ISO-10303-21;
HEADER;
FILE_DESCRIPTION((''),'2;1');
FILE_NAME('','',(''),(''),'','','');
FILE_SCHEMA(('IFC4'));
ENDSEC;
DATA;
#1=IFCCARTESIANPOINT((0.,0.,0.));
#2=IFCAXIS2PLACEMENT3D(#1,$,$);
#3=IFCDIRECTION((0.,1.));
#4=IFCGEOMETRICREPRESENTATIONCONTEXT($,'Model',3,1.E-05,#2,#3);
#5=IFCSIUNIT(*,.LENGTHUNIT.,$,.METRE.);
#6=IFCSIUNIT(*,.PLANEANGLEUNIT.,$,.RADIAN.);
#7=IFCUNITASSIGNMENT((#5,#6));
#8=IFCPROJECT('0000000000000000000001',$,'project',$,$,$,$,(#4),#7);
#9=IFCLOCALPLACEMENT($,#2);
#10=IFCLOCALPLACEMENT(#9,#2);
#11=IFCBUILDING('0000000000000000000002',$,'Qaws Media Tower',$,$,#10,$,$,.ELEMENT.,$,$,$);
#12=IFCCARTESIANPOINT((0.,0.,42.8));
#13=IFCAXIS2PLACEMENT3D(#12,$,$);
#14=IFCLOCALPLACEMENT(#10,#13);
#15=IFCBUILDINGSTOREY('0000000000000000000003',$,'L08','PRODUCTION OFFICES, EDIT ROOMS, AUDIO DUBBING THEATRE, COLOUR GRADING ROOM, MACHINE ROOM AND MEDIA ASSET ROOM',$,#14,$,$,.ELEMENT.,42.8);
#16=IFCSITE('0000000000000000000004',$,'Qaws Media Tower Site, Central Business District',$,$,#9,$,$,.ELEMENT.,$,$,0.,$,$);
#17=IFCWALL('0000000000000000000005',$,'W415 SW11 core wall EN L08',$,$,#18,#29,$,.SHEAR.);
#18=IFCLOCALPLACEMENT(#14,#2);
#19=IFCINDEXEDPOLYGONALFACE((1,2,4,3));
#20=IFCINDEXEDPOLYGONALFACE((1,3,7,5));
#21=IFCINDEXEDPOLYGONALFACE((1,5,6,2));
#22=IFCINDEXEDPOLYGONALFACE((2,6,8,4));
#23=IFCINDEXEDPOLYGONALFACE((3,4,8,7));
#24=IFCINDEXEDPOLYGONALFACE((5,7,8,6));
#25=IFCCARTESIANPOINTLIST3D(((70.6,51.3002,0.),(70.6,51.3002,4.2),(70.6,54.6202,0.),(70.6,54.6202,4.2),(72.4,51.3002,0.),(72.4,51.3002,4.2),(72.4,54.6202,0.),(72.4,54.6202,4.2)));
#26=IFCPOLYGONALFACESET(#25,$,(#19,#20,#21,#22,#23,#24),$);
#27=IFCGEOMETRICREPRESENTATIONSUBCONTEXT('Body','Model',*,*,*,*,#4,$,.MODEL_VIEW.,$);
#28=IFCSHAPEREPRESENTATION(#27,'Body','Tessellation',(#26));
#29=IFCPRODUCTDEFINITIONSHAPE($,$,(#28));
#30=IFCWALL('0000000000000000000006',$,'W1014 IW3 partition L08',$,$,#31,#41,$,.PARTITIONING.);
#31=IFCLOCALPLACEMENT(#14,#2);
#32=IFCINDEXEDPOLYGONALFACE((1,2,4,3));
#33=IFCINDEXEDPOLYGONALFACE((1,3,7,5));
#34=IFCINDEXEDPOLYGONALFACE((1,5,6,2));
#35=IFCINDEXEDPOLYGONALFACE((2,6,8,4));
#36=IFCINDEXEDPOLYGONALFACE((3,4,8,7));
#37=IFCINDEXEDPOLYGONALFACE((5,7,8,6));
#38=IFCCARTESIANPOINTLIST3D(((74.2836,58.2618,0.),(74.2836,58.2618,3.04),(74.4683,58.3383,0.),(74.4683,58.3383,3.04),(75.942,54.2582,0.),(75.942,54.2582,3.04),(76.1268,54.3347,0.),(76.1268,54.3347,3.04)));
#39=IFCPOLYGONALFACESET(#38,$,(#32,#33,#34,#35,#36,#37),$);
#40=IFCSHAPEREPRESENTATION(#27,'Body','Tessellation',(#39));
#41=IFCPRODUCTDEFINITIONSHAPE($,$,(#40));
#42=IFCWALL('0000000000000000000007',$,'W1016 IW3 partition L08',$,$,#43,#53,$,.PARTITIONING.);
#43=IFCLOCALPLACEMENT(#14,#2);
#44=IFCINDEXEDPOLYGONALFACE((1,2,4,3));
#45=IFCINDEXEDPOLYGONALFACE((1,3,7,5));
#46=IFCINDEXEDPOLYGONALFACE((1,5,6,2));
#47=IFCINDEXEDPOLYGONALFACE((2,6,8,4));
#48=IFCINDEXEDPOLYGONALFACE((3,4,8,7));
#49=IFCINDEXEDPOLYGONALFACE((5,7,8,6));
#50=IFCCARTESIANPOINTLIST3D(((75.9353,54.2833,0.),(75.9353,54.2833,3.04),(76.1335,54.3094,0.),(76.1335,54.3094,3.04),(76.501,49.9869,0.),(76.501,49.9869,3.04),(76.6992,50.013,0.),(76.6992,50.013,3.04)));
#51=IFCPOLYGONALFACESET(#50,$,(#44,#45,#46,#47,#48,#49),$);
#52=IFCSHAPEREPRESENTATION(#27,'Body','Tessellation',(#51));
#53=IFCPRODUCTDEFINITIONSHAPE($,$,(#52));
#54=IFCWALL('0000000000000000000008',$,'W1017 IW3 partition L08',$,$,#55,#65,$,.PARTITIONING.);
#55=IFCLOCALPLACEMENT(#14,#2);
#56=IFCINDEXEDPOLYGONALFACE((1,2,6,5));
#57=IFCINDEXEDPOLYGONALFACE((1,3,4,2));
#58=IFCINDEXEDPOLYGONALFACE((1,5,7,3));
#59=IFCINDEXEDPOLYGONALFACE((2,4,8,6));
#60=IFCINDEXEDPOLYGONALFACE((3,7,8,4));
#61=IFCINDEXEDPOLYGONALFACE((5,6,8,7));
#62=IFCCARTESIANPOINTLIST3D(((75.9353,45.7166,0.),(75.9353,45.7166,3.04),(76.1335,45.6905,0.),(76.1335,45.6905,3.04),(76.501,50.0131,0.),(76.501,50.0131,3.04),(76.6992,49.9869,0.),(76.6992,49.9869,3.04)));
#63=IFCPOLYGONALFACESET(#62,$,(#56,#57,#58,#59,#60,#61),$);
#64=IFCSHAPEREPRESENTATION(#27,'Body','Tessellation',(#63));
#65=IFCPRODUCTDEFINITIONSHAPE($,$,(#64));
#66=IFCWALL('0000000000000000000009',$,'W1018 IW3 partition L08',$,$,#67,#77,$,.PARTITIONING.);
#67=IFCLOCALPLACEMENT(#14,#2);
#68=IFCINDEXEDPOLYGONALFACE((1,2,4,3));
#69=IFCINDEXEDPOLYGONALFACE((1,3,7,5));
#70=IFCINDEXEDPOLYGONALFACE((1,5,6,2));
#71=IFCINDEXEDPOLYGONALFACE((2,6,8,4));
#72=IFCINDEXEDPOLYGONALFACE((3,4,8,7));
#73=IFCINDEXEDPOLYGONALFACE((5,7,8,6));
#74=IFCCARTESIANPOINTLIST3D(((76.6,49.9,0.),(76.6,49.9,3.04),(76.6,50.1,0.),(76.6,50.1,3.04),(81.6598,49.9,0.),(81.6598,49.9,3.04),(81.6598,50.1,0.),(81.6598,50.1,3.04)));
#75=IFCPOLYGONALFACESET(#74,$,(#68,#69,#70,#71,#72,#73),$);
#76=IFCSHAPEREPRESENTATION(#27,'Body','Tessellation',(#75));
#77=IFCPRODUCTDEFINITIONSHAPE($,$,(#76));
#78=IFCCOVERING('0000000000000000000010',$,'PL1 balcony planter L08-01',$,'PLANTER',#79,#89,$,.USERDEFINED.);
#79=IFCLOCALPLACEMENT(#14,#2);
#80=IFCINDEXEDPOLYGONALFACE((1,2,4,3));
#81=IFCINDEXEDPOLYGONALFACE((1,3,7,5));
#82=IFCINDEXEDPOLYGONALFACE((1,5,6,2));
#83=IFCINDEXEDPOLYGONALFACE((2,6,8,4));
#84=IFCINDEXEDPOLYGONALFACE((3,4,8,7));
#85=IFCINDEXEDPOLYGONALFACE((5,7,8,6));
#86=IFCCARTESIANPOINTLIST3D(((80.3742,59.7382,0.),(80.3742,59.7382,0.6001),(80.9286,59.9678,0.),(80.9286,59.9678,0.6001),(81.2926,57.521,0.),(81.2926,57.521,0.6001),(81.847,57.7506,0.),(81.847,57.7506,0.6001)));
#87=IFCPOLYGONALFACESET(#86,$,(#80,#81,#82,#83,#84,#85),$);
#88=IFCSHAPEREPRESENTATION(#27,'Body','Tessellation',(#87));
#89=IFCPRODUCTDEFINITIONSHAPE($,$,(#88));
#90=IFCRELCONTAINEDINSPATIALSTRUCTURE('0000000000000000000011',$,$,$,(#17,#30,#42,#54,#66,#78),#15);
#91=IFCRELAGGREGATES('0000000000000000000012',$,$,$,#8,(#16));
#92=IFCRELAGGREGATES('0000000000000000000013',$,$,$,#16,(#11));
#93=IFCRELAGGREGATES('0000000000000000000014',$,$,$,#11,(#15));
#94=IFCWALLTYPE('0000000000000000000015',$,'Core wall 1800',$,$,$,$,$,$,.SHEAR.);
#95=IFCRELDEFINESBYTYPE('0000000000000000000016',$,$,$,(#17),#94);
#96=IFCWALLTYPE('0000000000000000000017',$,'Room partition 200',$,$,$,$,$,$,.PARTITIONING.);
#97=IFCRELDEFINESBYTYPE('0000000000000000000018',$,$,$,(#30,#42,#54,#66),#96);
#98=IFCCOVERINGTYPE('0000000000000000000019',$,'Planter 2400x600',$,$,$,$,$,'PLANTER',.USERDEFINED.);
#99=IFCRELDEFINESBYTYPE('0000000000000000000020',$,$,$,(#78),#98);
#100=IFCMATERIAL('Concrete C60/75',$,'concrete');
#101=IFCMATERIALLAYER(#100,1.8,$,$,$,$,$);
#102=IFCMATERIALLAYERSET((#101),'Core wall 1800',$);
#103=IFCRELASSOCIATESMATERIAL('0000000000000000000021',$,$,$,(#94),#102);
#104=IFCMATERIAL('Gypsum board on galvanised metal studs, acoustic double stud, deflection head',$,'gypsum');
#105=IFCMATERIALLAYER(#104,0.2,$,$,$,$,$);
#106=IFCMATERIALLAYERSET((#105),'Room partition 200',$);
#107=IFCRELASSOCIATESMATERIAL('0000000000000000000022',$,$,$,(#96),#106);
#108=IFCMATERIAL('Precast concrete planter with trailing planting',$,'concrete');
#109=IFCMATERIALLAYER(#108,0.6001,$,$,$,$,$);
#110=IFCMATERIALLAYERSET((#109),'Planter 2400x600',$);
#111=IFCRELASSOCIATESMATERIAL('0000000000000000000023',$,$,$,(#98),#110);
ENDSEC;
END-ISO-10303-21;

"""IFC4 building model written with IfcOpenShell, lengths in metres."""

from ifc_helpers import new_model, si_unit, direction, frame, frame_2d, origin, origin_2d, place, context, subcontext, project, spatial, rectangle, extrude, material, layer, layer_set, type_object, element, save


model = new_model("IFC4")

# Units and contexts
model_context = context("Model", 3, precision=1e-05, world=origin(), true_north=direction((0.0, 1.0)))
body_context = subcontext(model_context, "Body", "Model", "MODEL_VIEW")
ifc_project = project(units=[si_unit("LENGTHUNIT", "METRE"), si_unit("PLANEANGLEUNIT", "RADIAN")], contexts=[model_context])

# Site, building, storey
site_placement = place(None, origin())
site = spatial("IfcSite", under=ifc_project, at=site_placement, Name="Qaws Media Tower Site, Central Business District", CompositionType="ELEMENT", RefElevation=0.0)
building_placement = place(site_placement, origin())
building = spatial("IfcBuilding", under=site, at=building_placement, Name="Qaws Media Tower", CompositionType="ELEMENT")
storey_placement = place(building_placement, frame((0.0, 0.0, 42.8)))
storey = spatial("IfcBuildingStorey", under=building, at=storey_placement, Name="L08", Description="PRODUCTION OFFICES, EDIT ROOMS, AUDIO DUBBING THEATRE, COLOUR GRADING ROOM, MACHINE ROOM AND MEDIA ASSET ROOM", CompositionType="ELEMENT", Elevation=42.8)

# Walls
ifc_material_1 = material(Name="Concrete C60/75", Category="concrete")
ifc_layer_1 = layer(ifc_material_1, 1.8)
ifc_layer_set_1 = layer_set([ifc_layer_1], Name="Core wall 1800")
wall_type_1 = type_object("IfcWallType", Name="Core wall 1800", PredefinedType="SHEAR", material=ifc_layer_set_1)
wall_1_placement = place(storey_placement, frame((71.5, 51.3, 0.0), z_axis=(0.0, 0.0, 1.0), x_axis=(0.0, 1.0, 0.0)))
element("IfcWall", 1, at=wall_1_placement, inside=storey, type_object=wall_type_1, Name="W415 SW11 core wall EN L08", PredefinedType="SHEAR", context=body_context, shape_type="SweptSolid", body=[
    extrude(rectangle(XDim=3.3201, YDim=1.8, at=frame_2d((1.6602, 0.0))), origin(), (0.0, 0.0, 1.0), 4.2),
])
ifc_material_2 = material(Name="Gypsum board on galvanised metal studs, acoustic double stud, deflection head", Category="gypsum")
ifc_layer_2 = layer(ifc_material_2, 0.2)
ifc_layer_set_2 = layer_set([ifc_layer_2], Name="Room partition 200")
wall_type_2 = type_object("IfcWallType", Name="Room partition 200", PredefinedType="PARTITIONING", material=ifc_layer_set_2)
for number, where, z_axis, x_axis, name in (
    (2, (74.376, 58.3, 0.0), (0.0, 0.0, 1.0), (0.382698, -0.923873, 0.0), "W1014 IW3 partition L08"),
    (3, (76.0344, 54.2964, 0.0), (0.0, 0.0, 1.0), (0.130536, -0.991444, 0.0), "W1016 IW3 partition L08"),
    (4, (76.6001, 50.0, 0.0), (0.0, 0.0, 1.0), (-0.130536, -0.991444, 0.0), "W1017 IW3 partition L08"),
):
    element("IfcWall", number, at=place(storey_placement, frame(where, z_axis=z_axis, x_axis=x_axis)), inside=storey, type_object=wall_type_2, Name=name, PredefinedType="PARTITIONING", context=body_context, shape_type="SweptSolid", body=[
        extrude(rectangle(XDim=4.3335, YDim=0.2, at=frame_2d((2.1667, 0.0))), origin(), (0.0, 0.0, 1.0), 3.04),
    ])
wall_2_placement = place(storey_placement, frame((76.6001, 50.0, 0.0), z_axis=(0.0, 0.0, 1.0), x_axis=(1.0, 0.0, 0.0)))
element("IfcWall", 5, at=wall_2_placement, inside=storey, type_object=wall_type_2, Name="W1018 IW3 partition L08", PredefinedType="PARTITIONING", context=body_context, shape_type="SweptSolid", body=[
    extrude(rectangle(XDim=5.0598, YDim=0.2, at=frame_2d((2.5298, 0.0))), origin(), (0.0, 0.0, 1.0), 3.04),
])

# Covering
ifc_material_3 = material(Name="Precast concrete planter with trailing planting", Category="concrete")
ifc_layer_3 = layer(ifc_material_3, 0.6001)
ifc_layer_set_3 = layer_set([ifc_layer_3], Name="Planter 2400x600")
covering_type = type_object("IfcCoveringType", Name="Planter 2400x600", ElementType="PLANTER", PredefinedType="USERDEFINED", material=ifc_layer_set_3)
covering_placement = place(storey_placement, frame((81.1106, 58.7444, 0.0), z_axis=(0.0, 0.0, 1.0), x_axis=(-0.382683, 0.92388, 0.0)))
element("IfcCovering", 6, at=covering_placement, inside=storey, type_object=covering_type, Name="PL1 balcony planter L08-01", ObjectType="PLANTER", PredefinedType="USERDEFINED", context=body_context, shape_type="SweptSolid", body=[
    extrude(rectangle(XDim=2.3999, YDim=0.6001, at=origin_2d()), origin(), (0.0, 0.0, 1.0), 0.6001),
])

save(model, "model.ifc")
